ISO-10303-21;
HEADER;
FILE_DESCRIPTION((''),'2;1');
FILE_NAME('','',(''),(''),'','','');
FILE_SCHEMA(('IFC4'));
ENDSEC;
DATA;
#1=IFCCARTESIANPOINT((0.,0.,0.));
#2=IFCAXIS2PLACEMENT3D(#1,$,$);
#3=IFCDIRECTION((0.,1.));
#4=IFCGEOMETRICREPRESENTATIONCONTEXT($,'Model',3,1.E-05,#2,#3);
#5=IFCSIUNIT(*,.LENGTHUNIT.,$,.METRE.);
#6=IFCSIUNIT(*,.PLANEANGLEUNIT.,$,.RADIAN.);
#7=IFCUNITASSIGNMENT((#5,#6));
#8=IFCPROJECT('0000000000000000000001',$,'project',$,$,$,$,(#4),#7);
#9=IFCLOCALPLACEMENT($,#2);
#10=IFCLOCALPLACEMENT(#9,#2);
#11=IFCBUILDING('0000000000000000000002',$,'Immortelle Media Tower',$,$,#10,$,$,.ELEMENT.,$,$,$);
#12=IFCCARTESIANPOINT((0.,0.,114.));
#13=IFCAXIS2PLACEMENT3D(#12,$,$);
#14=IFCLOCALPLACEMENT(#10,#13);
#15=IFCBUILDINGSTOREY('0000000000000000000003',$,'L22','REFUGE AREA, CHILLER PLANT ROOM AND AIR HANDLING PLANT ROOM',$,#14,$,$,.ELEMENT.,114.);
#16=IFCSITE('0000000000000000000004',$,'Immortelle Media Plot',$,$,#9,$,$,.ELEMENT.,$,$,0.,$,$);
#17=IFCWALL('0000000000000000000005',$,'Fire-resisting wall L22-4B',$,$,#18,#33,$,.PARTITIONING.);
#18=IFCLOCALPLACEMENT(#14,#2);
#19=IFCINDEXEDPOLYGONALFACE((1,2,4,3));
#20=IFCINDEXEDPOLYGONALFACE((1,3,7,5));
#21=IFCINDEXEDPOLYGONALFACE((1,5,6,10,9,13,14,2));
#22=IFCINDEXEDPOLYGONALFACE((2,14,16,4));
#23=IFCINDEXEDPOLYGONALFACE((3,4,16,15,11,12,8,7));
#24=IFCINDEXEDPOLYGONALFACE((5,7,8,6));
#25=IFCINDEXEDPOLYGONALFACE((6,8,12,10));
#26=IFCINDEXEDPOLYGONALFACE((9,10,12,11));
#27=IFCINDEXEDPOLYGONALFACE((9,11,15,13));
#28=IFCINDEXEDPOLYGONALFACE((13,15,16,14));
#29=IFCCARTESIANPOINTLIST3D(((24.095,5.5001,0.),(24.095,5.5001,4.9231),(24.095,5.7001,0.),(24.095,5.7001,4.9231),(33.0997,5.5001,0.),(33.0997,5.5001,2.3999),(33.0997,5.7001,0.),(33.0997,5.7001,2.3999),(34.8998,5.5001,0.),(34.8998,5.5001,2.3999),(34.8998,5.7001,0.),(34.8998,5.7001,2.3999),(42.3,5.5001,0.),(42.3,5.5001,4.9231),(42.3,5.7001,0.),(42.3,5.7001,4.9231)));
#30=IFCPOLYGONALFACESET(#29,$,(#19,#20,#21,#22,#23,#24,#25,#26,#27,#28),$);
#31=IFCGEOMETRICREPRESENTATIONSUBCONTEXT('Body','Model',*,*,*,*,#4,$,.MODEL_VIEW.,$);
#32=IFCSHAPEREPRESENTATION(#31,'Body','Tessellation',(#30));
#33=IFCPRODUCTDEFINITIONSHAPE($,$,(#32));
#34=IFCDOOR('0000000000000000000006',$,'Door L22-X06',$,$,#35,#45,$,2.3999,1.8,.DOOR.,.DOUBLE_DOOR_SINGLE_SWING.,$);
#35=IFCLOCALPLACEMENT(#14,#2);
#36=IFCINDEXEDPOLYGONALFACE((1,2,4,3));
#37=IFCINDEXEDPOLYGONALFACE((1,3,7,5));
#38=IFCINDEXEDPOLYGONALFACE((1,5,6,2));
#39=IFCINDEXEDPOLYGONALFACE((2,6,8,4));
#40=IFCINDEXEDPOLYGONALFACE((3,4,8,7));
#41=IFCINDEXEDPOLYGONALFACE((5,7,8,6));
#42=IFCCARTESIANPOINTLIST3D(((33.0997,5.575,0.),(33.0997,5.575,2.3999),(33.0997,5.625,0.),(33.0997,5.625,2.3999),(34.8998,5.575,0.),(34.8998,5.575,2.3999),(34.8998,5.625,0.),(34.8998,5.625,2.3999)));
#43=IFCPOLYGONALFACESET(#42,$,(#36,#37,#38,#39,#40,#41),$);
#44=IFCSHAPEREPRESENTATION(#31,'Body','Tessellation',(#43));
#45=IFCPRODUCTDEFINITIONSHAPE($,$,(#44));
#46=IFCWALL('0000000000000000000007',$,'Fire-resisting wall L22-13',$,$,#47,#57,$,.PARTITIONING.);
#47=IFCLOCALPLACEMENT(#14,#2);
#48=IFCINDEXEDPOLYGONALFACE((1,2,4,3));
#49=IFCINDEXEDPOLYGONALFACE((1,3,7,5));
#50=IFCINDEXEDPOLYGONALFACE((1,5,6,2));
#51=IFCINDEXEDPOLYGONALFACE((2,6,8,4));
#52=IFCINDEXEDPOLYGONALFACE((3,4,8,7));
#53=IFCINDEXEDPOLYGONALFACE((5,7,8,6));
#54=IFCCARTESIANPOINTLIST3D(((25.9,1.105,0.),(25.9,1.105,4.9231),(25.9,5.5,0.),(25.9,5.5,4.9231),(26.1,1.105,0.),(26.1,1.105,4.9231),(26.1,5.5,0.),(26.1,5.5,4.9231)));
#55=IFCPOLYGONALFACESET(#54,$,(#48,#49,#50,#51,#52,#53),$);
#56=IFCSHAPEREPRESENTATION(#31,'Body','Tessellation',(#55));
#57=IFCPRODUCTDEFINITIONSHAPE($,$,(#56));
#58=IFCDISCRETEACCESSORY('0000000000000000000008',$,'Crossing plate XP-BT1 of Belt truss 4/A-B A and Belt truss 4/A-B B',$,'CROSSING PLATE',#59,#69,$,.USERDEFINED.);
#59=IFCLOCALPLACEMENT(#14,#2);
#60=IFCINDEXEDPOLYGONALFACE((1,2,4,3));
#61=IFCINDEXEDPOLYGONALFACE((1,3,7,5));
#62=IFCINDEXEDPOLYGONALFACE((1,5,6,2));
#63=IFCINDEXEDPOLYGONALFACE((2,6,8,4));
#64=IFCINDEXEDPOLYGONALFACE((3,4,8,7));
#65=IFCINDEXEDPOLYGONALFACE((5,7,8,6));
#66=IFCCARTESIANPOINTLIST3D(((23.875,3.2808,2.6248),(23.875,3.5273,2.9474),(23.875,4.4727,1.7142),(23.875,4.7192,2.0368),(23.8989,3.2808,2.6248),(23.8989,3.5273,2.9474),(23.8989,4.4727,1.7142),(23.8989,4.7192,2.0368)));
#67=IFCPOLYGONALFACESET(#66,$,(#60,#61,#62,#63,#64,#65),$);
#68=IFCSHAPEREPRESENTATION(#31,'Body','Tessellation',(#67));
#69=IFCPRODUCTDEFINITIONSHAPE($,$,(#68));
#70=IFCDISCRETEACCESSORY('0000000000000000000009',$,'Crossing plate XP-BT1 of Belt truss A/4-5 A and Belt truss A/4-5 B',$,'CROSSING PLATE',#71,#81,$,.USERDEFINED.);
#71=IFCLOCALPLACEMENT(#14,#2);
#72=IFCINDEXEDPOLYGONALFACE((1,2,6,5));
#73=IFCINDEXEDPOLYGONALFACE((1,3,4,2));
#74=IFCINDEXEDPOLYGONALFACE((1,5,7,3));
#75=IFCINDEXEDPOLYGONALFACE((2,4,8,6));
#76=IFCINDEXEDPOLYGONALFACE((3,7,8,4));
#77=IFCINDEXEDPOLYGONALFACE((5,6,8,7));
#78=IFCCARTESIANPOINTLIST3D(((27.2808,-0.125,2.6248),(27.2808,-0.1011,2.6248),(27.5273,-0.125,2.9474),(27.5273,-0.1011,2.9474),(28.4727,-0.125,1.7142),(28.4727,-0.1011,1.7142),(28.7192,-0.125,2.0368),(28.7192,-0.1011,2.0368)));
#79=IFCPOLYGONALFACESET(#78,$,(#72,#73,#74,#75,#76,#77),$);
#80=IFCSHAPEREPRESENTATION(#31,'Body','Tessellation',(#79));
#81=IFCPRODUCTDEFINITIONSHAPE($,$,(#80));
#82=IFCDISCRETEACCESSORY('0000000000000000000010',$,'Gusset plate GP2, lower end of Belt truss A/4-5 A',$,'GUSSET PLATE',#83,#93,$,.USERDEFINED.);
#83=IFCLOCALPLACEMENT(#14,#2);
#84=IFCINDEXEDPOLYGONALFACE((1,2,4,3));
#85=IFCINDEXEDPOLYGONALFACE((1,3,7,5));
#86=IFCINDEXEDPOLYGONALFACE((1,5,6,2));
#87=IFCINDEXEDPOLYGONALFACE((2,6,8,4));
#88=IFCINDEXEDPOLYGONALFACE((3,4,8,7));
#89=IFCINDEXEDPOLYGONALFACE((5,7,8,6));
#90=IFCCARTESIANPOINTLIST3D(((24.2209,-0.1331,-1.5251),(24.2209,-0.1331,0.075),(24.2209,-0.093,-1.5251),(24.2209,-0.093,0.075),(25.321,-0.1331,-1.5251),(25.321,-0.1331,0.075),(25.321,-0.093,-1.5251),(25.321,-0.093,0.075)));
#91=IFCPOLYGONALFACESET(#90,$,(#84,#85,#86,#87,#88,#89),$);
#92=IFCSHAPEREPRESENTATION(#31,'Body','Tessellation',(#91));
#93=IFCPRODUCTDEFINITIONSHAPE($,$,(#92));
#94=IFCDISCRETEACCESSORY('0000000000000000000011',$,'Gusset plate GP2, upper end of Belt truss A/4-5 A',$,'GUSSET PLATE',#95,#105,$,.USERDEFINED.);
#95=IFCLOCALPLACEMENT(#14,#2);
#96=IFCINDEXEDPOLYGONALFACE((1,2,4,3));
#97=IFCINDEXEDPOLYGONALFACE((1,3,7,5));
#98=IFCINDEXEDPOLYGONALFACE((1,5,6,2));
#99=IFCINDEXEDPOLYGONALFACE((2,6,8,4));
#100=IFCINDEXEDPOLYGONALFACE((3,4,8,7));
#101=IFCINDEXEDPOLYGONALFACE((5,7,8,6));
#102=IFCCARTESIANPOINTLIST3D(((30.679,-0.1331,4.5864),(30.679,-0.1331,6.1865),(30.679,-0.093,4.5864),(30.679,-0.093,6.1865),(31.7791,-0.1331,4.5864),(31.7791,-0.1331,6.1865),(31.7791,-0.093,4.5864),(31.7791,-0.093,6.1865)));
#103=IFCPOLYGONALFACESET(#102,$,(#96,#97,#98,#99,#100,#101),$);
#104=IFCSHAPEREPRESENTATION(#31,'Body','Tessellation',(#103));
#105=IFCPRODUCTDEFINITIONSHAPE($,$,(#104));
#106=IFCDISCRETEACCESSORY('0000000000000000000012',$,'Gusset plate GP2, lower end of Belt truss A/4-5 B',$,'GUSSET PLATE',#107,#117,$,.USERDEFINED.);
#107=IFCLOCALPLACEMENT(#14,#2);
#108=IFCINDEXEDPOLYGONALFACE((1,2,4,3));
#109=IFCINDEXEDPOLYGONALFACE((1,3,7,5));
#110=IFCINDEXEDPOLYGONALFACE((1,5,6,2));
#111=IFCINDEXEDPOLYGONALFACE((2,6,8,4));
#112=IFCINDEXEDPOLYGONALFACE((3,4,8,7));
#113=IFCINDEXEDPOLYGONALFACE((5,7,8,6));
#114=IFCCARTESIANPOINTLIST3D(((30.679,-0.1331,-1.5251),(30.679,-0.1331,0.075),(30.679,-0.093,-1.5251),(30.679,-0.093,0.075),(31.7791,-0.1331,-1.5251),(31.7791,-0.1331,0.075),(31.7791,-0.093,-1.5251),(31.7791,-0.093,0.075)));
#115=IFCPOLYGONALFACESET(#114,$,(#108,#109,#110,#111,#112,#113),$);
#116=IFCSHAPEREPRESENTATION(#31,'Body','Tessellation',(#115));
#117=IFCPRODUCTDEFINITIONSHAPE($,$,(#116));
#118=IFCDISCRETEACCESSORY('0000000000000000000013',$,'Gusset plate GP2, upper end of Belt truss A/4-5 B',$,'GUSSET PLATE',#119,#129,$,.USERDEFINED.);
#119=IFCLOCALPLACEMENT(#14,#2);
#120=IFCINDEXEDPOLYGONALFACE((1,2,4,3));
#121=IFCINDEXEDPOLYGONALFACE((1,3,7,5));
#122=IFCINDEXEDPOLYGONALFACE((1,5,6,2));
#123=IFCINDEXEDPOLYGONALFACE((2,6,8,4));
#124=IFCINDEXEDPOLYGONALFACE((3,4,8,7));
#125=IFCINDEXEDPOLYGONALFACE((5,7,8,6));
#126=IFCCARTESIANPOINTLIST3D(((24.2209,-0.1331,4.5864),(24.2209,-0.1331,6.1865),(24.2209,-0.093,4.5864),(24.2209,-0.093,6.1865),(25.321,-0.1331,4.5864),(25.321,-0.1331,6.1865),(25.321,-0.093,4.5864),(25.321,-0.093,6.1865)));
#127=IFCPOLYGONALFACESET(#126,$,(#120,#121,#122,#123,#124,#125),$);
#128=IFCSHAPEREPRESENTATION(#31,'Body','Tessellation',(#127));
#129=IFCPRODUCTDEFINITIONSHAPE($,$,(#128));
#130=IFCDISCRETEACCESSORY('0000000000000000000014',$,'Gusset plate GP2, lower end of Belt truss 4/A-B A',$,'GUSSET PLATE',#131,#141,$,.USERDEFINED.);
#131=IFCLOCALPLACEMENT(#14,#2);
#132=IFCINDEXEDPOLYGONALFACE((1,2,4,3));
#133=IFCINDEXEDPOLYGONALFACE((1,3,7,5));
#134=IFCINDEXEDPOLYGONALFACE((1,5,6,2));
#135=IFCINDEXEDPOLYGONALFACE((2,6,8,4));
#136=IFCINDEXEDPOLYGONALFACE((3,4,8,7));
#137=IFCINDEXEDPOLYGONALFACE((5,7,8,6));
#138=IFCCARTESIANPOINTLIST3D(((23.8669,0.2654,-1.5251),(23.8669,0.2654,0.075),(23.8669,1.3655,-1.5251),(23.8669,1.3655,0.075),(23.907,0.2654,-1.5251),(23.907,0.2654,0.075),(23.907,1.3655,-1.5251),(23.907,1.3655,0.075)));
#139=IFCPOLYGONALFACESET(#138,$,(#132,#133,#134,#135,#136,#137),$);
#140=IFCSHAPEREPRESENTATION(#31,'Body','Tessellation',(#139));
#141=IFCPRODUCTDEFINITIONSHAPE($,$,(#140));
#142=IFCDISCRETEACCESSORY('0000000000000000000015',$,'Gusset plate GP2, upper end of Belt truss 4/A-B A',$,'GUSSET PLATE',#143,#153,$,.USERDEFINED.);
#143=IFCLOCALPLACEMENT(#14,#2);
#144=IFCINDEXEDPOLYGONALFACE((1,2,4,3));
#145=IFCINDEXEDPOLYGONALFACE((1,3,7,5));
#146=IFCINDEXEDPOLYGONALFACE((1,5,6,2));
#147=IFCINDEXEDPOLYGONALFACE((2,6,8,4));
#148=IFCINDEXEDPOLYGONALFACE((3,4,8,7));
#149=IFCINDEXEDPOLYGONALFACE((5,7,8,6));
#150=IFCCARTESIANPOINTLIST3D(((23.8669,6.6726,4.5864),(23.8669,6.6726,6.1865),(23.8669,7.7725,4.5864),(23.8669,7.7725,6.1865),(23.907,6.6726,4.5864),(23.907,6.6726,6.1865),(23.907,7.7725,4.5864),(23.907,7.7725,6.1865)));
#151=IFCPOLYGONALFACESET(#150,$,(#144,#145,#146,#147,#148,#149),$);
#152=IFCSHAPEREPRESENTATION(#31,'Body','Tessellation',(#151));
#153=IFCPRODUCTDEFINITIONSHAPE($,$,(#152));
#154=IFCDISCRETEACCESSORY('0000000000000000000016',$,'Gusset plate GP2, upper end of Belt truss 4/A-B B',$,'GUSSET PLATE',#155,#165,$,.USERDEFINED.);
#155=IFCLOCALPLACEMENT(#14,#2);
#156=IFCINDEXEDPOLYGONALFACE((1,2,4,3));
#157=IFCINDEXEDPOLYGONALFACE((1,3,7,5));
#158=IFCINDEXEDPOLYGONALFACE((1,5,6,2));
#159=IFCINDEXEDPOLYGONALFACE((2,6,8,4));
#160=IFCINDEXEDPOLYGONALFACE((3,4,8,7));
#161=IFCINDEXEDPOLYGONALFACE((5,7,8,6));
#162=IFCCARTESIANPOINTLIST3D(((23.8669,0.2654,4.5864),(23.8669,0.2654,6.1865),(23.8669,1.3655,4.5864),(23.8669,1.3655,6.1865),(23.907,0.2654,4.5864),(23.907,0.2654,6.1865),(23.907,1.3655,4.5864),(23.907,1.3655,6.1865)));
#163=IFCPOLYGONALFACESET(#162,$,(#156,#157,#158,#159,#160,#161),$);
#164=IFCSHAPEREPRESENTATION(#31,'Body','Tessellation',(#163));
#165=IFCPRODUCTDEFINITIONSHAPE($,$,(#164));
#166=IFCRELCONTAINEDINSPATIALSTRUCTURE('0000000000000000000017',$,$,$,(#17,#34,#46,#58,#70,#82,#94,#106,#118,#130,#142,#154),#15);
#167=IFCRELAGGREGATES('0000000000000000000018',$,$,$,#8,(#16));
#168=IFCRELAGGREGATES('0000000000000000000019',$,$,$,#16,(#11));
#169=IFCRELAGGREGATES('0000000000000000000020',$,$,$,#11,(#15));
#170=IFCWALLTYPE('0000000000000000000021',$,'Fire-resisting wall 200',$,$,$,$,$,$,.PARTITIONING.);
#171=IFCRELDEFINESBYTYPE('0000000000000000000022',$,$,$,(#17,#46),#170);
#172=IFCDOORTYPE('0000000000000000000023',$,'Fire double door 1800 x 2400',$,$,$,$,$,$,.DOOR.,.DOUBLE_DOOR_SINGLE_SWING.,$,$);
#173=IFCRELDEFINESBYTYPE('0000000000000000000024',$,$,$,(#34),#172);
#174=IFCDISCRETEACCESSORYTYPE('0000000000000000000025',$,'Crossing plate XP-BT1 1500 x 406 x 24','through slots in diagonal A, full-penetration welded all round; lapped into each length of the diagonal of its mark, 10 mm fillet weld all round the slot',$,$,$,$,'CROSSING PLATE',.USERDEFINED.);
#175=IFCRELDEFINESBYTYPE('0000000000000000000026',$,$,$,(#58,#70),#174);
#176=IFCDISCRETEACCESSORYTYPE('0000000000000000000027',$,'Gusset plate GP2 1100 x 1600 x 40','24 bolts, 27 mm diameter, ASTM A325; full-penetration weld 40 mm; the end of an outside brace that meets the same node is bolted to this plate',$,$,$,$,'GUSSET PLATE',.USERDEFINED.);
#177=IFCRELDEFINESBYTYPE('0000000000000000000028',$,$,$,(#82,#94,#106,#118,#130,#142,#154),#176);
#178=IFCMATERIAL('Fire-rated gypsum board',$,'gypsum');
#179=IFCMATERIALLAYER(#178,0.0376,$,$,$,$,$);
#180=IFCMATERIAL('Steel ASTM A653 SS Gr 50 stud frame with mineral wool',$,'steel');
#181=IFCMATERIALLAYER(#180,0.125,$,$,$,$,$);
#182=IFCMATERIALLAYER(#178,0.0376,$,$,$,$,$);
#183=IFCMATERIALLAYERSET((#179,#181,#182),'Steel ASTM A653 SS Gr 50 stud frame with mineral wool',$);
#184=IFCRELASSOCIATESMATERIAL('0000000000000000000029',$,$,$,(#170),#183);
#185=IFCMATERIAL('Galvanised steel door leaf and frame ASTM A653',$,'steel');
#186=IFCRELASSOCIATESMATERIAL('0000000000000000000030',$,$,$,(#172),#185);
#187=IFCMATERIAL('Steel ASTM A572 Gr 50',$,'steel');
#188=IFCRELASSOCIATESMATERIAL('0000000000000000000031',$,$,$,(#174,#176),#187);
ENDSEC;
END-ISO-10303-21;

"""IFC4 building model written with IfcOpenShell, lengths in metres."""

from ifc_helpers import new_model, si_unit, direction, frame, frame_2d, origin, origin_2d, place, context, subcontext, project, spatial, rectangle, extrude, material, layer, layer_set, material_profile, profile_set, type_object, element, fill, save


model = new_model("IFC4")

# Units and contexts
model_context = context("Model", 3, precision=1e-05, world=origin(), true_north=direction((0.0, 1.0)))
body_context = subcontext(model_context, "Body", "Model", "MODEL_VIEW")
ifc_project = project(units=[si_unit("LENGTHUNIT", "METRE"), si_unit("PLANEANGLEUNIT", "RADIAN")], contexts=[model_context])

# Site, building, storey
site_placement = place(None, origin())
site = spatial("IfcSite", under=ifc_project, at=site_placement, Name="Immortelle Media Plot", CompositionType="ELEMENT", RefElevation=0.0)
building_placement = place(site_placement, origin())
building = spatial("IfcBuilding", under=site, at=building_placement, Name="Immortelle Media Tower", CompositionType="ELEMENT")
storey_placement = place(building_placement, frame((0.0, 0.0, 114.0)))
storey = spatial("IfcBuildingStorey", under=building, at=storey_placement, Name="L22", Description="REFUGE AREA, CHILLER PLANT ROOM AND AIR HANDLING PLANT ROOM", CompositionType="ELEMENT", Elevation=114.0)

# Wall, opening, door
ifc_material_1 = material(Name="Fire-rated gypsum board", Category="gypsum")
ifc_layer_1 = layer(ifc_material_1, 0.0376)
ifc_material_2 = material(Name="Steel ASTM A653 SS Gr 50 stud frame with mineral wool", Category="steel")
ifc_layer_2 = layer(ifc_material_2, 0.125)
ifc_layer_3 = layer(ifc_material_1, 0.0376)
ifc_layer_set_1 = layer_set([ifc_layer_1, ifc_layer_2, ifc_layer_3], Name="Steel ASTM A653 SS Gr 50 stud frame with mineral wool")
wall_type = type_object("IfcWallType", Name="Fire-resisting wall 200", PredefinedType="PARTITIONING", material=ifc_layer_set_1)
wall_1_placement = place(storey_placement, frame((24.095, 5.6001, 0.0), z_axis=(0.0, 0.0, 1.0), x_axis=(1.0, 0.0, 0.0)))
wall_1 = element("IfcWall", 1, at=wall_1_placement, inside=storey, type_object=wall_type, Name="Fire-resisting wall L22-4B", PredefinedType="PARTITIONING", context=body_context, shape_type="SweptSolid", body=[
    extrude(rectangle(XDim=18.2051, YDim=0.2, at=frame_2d((9.1025, 0.0))), origin(), (0.0, 0.0, 1.0), 4.9231),
])
opening_placement = place(wall_1_placement, frame((9.0049, 0.0, 0.0)))
opening = element("IfcOpeningElement", 2, at=opening_placement, cuts=wall_1, PredefinedType="OPENING", context=body_context, shape_type="SweptSolid", body=[
    extrude(rectangle(XDim=1.8, YDim=2.3999, at=frame_2d((0.8999, 1.2))), frame((0.0, 0.1099, 0.0), z_axis=(0.0, -1.0, 0.0), x_axis=(1.0, 0.0, 0.0)), (0.0, 0.0, 1.0), 0.22),
])
ifc_material_3 = material(Name="Galvanised steel door leaf and frame ASTM A653", Category="steel")
door_type = type_object("IfcDoorType", Name="Fire double door 1800 x 2400", OperationType="DOUBLE_DOOR_SINGLE_SWING", PredefinedType="DOOR", material=ifc_material_3)
door_placement = place(opening_placement, origin())
door = element("IfcDoor", 3, at=door_placement, inside=storey, type_object=door_type, Name="Door L22-X06", OperationType="DOUBLE_DOOR_SINGLE_SWING", OverallHeight=2.3999, OverallWidth=1.8, PredefinedType="DOOR", context=body_context, shape_type="SweptSolid", body=[
    extrude(rectangle(XDim=1.8, YDim=2.3999, at=frame_2d((0.8999, 1.2))), frame((0.0, 0.0249, 0.0), z_axis=(0.0, -1.0, 0.0), x_axis=(1.0, 0.0, 0.0)), (0.0, 0.0, 1.0), 0.05),
])
fill(opening, door)

# Wall
wall_2_placement = place(storey_placement, frame((26.0, 1.105, 0.0), z_axis=(0.0, 0.0, 1.0), x_axis=(0.0, 1.0, 0.0)))
element("IfcWall", 4, at=wall_2_placement, inside=storey, type_object=wall_type, Name="Fire-resisting wall L22-13", PredefinedType="PARTITIONING", context=body_context, shape_type="SweptSolid", body=[
    extrude(rectangle(XDim=4.395, YDim=0.2, at=frame_2d((2.1975, 0.0))), origin(), (0.0, 0.0, 1.0), 4.9231),
])

# Discrete accessories
ifc_material_4 = material(Name="Steel ASTM A572 Gr 50", Category="steel")
ifc_material_profile_1 = material_profile(ifc_material_4, rectangle(XDim=0.0239, YDim=0.406, at=origin_2d()), Name="PL 24 x 406")
ifc_profile_set_1 = profile_set([ifc_material_profile_1], Name="Steel ASTM A572 Gr 50")
discrete_accessory_type_1 = type_object("IfcDiscreteAccessoryType", Name="Crossing plate XP-BT1 1500 x 406 x 24", Description="through slots in diagonal A, full-penetration welded all round; lapped into each length of the diagonal of its mark, 10 mm fillet weld all round the slot", ElementType="CROSSING PLATE", PredefinedType="USERDEFINED", material=ifc_profile_set_1)
for number, where, z_axis, x_axis, name in (
    (5, (23.887, 3.4041, 2.7861), (0.0, 0.794616, -0.607112), (-1.0, 0.0, 0.0), "Crossing plate XP-BT1 of Belt truss 4/A-B A and Belt truss 4/A-B B"),
    (6, (27.4041, -0.113, 2.7861), (0.794616, 0.0, -0.607112), (0.0, 1.0, 0.0), "Crossing plate XP-BT1 of Belt truss A/4-5 A and Belt truss A/4-5 B"),
):
    element("IfcDiscreteAccessory", number, at=place(storey_placement, frame(where, z_axis=z_axis, x_axis=x_axis)), inside=storey, type_object=discrete_accessory_type_1, Name=name, ObjectType="CROSSING PLATE", PredefinedType="USERDEFINED", context=body_context, shape_type="SweptSolid", body=[
        extrude(rectangle(XDim=0.0239, YDim=0.406, at=origin_2d()), origin(), (0.0, 0.0, 1.0), 1.5),
    ])
ifc_material_profile_2 = material_profile(ifc_material_4, rectangle(XDim=0.04, YDim=1.6001, at=origin_2d()), Name="PL 40 x 1600")
ifc_profile_set_2 = profile_set([ifc_material_profile_2], Name="Steel ASTM A572 Gr 50")
discrete_accessory_type_2 = type_object("IfcDiscreteAccessoryType", Name="Gusset plate GP2 1100 x 1600 x 40", Description="24 bolts, 27 mm diameter, ASTM A325; full-penetration weld 40 mm; the end of an outside brace that meets the same node is bolted to this plate", ElementType="GUSSET PLATE", PredefinedType="USERDEFINED", material=ifc_profile_set_2)
for number, where, z_axis, x_axis, name in (
    (7, (24.2209, -0.113, -0.7251), (1.0, 0.0, 0.0), (0.0, 1.0, 0.0), "Gusset plate GP2, lower end of Belt truss A/4-5 A"),
    (8, (31.7791, -0.113, 5.3865), (-1.0, 0.0, 0.0), (0.0, -1.0, 0.0), "Gusset plate GP2, upper end of Belt truss A/4-5 A"),
    (9, (31.7791, -0.113, -0.7251), (-1.0, 0.0, 0.0), (0.0, -1.0, 0.0), "Gusset plate GP2, lower end of Belt truss A/4-5 B"),
    (10, (24.2209, -0.113, 5.3865), (1.0, 0.0, 0.0), (0.0, 1.0, 0.0), "Gusset plate GP2, upper end of Belt truss A/4-5 B"),
    (11, (23.887, 0.2654, -0.7251), (0.0, 1.0, 0.0), (-1.0, 0.0, 0.0), "Gusset plate GP2, lower end of Belt truss 4/A-B A"),
):
    element("IfcDiscreteAccessory", number, at=place(storey_placement, frame(where, z_axis=z_axis, x_axis=x_axis)), inside=storey, type_object=discrete_accessory_type_2, Name=name, ObjectType="GUSSET PLATE", PredefinedType="USERDEFINED", context=body_context, shape_type="SweptSolid", body=[
        extrude(rectangle(XDim=0.04, YDim=1.6001, at=origin_2d()), origin(), (0.0, 0.0, 1.0), 1.1001),
    ])
discrete_accessory_1_placement = place(storey_placement, frame((23.887, 7.7725, 5.3865), z_axis=(0.0, -1.0, 0.0), x_axis=(1.0, 0.0, 0.0)))
element("IfcDiscreteAccessory", 12, at=discrete_accessory_1_placement, inside=storey, type_object=discrete_accessory_type_2, Name="Gusset plate GP2, upper end of Belt truss 4/A-B A", ObjectType="GUSSET PLATE", PredefinedType="USERDEFINED", context=body_context, shape_type="SweptSolid", body=[
    extrude(rectangle(XDim=0.04, YDim=1.6001, at=origin_2d()), origin(), (0.0, 0.0, 1.0), 1.0999),
])
discrete_accessory_2_placement = place(storey_placement, frame((23.887, 0.2654, 5.3865), z_axis=(0.0, 1.0, 0.0), x_axis=(-1.0, 0.0, 0.0)))
element("IfcDiscreteAccessory", 13, at=discrete_accessory_2_placement, inside=storey, type_object=discrete_accessory_type_2, Name="Gusset plate GP2, upper end of Belt truss 4/A-B B", ObjectType="GUSSET PLATE", PredefinedType="USERDEFINED", context=body_context, shape_type="SweptSolid", body=[
    extrude(rectangle(XDim=0.04, YDim=1.6001, at=origin_2d()), origin(), (0.0, 0.0, 1.0), 1.1001),
])

save(model, "model.ifc")
